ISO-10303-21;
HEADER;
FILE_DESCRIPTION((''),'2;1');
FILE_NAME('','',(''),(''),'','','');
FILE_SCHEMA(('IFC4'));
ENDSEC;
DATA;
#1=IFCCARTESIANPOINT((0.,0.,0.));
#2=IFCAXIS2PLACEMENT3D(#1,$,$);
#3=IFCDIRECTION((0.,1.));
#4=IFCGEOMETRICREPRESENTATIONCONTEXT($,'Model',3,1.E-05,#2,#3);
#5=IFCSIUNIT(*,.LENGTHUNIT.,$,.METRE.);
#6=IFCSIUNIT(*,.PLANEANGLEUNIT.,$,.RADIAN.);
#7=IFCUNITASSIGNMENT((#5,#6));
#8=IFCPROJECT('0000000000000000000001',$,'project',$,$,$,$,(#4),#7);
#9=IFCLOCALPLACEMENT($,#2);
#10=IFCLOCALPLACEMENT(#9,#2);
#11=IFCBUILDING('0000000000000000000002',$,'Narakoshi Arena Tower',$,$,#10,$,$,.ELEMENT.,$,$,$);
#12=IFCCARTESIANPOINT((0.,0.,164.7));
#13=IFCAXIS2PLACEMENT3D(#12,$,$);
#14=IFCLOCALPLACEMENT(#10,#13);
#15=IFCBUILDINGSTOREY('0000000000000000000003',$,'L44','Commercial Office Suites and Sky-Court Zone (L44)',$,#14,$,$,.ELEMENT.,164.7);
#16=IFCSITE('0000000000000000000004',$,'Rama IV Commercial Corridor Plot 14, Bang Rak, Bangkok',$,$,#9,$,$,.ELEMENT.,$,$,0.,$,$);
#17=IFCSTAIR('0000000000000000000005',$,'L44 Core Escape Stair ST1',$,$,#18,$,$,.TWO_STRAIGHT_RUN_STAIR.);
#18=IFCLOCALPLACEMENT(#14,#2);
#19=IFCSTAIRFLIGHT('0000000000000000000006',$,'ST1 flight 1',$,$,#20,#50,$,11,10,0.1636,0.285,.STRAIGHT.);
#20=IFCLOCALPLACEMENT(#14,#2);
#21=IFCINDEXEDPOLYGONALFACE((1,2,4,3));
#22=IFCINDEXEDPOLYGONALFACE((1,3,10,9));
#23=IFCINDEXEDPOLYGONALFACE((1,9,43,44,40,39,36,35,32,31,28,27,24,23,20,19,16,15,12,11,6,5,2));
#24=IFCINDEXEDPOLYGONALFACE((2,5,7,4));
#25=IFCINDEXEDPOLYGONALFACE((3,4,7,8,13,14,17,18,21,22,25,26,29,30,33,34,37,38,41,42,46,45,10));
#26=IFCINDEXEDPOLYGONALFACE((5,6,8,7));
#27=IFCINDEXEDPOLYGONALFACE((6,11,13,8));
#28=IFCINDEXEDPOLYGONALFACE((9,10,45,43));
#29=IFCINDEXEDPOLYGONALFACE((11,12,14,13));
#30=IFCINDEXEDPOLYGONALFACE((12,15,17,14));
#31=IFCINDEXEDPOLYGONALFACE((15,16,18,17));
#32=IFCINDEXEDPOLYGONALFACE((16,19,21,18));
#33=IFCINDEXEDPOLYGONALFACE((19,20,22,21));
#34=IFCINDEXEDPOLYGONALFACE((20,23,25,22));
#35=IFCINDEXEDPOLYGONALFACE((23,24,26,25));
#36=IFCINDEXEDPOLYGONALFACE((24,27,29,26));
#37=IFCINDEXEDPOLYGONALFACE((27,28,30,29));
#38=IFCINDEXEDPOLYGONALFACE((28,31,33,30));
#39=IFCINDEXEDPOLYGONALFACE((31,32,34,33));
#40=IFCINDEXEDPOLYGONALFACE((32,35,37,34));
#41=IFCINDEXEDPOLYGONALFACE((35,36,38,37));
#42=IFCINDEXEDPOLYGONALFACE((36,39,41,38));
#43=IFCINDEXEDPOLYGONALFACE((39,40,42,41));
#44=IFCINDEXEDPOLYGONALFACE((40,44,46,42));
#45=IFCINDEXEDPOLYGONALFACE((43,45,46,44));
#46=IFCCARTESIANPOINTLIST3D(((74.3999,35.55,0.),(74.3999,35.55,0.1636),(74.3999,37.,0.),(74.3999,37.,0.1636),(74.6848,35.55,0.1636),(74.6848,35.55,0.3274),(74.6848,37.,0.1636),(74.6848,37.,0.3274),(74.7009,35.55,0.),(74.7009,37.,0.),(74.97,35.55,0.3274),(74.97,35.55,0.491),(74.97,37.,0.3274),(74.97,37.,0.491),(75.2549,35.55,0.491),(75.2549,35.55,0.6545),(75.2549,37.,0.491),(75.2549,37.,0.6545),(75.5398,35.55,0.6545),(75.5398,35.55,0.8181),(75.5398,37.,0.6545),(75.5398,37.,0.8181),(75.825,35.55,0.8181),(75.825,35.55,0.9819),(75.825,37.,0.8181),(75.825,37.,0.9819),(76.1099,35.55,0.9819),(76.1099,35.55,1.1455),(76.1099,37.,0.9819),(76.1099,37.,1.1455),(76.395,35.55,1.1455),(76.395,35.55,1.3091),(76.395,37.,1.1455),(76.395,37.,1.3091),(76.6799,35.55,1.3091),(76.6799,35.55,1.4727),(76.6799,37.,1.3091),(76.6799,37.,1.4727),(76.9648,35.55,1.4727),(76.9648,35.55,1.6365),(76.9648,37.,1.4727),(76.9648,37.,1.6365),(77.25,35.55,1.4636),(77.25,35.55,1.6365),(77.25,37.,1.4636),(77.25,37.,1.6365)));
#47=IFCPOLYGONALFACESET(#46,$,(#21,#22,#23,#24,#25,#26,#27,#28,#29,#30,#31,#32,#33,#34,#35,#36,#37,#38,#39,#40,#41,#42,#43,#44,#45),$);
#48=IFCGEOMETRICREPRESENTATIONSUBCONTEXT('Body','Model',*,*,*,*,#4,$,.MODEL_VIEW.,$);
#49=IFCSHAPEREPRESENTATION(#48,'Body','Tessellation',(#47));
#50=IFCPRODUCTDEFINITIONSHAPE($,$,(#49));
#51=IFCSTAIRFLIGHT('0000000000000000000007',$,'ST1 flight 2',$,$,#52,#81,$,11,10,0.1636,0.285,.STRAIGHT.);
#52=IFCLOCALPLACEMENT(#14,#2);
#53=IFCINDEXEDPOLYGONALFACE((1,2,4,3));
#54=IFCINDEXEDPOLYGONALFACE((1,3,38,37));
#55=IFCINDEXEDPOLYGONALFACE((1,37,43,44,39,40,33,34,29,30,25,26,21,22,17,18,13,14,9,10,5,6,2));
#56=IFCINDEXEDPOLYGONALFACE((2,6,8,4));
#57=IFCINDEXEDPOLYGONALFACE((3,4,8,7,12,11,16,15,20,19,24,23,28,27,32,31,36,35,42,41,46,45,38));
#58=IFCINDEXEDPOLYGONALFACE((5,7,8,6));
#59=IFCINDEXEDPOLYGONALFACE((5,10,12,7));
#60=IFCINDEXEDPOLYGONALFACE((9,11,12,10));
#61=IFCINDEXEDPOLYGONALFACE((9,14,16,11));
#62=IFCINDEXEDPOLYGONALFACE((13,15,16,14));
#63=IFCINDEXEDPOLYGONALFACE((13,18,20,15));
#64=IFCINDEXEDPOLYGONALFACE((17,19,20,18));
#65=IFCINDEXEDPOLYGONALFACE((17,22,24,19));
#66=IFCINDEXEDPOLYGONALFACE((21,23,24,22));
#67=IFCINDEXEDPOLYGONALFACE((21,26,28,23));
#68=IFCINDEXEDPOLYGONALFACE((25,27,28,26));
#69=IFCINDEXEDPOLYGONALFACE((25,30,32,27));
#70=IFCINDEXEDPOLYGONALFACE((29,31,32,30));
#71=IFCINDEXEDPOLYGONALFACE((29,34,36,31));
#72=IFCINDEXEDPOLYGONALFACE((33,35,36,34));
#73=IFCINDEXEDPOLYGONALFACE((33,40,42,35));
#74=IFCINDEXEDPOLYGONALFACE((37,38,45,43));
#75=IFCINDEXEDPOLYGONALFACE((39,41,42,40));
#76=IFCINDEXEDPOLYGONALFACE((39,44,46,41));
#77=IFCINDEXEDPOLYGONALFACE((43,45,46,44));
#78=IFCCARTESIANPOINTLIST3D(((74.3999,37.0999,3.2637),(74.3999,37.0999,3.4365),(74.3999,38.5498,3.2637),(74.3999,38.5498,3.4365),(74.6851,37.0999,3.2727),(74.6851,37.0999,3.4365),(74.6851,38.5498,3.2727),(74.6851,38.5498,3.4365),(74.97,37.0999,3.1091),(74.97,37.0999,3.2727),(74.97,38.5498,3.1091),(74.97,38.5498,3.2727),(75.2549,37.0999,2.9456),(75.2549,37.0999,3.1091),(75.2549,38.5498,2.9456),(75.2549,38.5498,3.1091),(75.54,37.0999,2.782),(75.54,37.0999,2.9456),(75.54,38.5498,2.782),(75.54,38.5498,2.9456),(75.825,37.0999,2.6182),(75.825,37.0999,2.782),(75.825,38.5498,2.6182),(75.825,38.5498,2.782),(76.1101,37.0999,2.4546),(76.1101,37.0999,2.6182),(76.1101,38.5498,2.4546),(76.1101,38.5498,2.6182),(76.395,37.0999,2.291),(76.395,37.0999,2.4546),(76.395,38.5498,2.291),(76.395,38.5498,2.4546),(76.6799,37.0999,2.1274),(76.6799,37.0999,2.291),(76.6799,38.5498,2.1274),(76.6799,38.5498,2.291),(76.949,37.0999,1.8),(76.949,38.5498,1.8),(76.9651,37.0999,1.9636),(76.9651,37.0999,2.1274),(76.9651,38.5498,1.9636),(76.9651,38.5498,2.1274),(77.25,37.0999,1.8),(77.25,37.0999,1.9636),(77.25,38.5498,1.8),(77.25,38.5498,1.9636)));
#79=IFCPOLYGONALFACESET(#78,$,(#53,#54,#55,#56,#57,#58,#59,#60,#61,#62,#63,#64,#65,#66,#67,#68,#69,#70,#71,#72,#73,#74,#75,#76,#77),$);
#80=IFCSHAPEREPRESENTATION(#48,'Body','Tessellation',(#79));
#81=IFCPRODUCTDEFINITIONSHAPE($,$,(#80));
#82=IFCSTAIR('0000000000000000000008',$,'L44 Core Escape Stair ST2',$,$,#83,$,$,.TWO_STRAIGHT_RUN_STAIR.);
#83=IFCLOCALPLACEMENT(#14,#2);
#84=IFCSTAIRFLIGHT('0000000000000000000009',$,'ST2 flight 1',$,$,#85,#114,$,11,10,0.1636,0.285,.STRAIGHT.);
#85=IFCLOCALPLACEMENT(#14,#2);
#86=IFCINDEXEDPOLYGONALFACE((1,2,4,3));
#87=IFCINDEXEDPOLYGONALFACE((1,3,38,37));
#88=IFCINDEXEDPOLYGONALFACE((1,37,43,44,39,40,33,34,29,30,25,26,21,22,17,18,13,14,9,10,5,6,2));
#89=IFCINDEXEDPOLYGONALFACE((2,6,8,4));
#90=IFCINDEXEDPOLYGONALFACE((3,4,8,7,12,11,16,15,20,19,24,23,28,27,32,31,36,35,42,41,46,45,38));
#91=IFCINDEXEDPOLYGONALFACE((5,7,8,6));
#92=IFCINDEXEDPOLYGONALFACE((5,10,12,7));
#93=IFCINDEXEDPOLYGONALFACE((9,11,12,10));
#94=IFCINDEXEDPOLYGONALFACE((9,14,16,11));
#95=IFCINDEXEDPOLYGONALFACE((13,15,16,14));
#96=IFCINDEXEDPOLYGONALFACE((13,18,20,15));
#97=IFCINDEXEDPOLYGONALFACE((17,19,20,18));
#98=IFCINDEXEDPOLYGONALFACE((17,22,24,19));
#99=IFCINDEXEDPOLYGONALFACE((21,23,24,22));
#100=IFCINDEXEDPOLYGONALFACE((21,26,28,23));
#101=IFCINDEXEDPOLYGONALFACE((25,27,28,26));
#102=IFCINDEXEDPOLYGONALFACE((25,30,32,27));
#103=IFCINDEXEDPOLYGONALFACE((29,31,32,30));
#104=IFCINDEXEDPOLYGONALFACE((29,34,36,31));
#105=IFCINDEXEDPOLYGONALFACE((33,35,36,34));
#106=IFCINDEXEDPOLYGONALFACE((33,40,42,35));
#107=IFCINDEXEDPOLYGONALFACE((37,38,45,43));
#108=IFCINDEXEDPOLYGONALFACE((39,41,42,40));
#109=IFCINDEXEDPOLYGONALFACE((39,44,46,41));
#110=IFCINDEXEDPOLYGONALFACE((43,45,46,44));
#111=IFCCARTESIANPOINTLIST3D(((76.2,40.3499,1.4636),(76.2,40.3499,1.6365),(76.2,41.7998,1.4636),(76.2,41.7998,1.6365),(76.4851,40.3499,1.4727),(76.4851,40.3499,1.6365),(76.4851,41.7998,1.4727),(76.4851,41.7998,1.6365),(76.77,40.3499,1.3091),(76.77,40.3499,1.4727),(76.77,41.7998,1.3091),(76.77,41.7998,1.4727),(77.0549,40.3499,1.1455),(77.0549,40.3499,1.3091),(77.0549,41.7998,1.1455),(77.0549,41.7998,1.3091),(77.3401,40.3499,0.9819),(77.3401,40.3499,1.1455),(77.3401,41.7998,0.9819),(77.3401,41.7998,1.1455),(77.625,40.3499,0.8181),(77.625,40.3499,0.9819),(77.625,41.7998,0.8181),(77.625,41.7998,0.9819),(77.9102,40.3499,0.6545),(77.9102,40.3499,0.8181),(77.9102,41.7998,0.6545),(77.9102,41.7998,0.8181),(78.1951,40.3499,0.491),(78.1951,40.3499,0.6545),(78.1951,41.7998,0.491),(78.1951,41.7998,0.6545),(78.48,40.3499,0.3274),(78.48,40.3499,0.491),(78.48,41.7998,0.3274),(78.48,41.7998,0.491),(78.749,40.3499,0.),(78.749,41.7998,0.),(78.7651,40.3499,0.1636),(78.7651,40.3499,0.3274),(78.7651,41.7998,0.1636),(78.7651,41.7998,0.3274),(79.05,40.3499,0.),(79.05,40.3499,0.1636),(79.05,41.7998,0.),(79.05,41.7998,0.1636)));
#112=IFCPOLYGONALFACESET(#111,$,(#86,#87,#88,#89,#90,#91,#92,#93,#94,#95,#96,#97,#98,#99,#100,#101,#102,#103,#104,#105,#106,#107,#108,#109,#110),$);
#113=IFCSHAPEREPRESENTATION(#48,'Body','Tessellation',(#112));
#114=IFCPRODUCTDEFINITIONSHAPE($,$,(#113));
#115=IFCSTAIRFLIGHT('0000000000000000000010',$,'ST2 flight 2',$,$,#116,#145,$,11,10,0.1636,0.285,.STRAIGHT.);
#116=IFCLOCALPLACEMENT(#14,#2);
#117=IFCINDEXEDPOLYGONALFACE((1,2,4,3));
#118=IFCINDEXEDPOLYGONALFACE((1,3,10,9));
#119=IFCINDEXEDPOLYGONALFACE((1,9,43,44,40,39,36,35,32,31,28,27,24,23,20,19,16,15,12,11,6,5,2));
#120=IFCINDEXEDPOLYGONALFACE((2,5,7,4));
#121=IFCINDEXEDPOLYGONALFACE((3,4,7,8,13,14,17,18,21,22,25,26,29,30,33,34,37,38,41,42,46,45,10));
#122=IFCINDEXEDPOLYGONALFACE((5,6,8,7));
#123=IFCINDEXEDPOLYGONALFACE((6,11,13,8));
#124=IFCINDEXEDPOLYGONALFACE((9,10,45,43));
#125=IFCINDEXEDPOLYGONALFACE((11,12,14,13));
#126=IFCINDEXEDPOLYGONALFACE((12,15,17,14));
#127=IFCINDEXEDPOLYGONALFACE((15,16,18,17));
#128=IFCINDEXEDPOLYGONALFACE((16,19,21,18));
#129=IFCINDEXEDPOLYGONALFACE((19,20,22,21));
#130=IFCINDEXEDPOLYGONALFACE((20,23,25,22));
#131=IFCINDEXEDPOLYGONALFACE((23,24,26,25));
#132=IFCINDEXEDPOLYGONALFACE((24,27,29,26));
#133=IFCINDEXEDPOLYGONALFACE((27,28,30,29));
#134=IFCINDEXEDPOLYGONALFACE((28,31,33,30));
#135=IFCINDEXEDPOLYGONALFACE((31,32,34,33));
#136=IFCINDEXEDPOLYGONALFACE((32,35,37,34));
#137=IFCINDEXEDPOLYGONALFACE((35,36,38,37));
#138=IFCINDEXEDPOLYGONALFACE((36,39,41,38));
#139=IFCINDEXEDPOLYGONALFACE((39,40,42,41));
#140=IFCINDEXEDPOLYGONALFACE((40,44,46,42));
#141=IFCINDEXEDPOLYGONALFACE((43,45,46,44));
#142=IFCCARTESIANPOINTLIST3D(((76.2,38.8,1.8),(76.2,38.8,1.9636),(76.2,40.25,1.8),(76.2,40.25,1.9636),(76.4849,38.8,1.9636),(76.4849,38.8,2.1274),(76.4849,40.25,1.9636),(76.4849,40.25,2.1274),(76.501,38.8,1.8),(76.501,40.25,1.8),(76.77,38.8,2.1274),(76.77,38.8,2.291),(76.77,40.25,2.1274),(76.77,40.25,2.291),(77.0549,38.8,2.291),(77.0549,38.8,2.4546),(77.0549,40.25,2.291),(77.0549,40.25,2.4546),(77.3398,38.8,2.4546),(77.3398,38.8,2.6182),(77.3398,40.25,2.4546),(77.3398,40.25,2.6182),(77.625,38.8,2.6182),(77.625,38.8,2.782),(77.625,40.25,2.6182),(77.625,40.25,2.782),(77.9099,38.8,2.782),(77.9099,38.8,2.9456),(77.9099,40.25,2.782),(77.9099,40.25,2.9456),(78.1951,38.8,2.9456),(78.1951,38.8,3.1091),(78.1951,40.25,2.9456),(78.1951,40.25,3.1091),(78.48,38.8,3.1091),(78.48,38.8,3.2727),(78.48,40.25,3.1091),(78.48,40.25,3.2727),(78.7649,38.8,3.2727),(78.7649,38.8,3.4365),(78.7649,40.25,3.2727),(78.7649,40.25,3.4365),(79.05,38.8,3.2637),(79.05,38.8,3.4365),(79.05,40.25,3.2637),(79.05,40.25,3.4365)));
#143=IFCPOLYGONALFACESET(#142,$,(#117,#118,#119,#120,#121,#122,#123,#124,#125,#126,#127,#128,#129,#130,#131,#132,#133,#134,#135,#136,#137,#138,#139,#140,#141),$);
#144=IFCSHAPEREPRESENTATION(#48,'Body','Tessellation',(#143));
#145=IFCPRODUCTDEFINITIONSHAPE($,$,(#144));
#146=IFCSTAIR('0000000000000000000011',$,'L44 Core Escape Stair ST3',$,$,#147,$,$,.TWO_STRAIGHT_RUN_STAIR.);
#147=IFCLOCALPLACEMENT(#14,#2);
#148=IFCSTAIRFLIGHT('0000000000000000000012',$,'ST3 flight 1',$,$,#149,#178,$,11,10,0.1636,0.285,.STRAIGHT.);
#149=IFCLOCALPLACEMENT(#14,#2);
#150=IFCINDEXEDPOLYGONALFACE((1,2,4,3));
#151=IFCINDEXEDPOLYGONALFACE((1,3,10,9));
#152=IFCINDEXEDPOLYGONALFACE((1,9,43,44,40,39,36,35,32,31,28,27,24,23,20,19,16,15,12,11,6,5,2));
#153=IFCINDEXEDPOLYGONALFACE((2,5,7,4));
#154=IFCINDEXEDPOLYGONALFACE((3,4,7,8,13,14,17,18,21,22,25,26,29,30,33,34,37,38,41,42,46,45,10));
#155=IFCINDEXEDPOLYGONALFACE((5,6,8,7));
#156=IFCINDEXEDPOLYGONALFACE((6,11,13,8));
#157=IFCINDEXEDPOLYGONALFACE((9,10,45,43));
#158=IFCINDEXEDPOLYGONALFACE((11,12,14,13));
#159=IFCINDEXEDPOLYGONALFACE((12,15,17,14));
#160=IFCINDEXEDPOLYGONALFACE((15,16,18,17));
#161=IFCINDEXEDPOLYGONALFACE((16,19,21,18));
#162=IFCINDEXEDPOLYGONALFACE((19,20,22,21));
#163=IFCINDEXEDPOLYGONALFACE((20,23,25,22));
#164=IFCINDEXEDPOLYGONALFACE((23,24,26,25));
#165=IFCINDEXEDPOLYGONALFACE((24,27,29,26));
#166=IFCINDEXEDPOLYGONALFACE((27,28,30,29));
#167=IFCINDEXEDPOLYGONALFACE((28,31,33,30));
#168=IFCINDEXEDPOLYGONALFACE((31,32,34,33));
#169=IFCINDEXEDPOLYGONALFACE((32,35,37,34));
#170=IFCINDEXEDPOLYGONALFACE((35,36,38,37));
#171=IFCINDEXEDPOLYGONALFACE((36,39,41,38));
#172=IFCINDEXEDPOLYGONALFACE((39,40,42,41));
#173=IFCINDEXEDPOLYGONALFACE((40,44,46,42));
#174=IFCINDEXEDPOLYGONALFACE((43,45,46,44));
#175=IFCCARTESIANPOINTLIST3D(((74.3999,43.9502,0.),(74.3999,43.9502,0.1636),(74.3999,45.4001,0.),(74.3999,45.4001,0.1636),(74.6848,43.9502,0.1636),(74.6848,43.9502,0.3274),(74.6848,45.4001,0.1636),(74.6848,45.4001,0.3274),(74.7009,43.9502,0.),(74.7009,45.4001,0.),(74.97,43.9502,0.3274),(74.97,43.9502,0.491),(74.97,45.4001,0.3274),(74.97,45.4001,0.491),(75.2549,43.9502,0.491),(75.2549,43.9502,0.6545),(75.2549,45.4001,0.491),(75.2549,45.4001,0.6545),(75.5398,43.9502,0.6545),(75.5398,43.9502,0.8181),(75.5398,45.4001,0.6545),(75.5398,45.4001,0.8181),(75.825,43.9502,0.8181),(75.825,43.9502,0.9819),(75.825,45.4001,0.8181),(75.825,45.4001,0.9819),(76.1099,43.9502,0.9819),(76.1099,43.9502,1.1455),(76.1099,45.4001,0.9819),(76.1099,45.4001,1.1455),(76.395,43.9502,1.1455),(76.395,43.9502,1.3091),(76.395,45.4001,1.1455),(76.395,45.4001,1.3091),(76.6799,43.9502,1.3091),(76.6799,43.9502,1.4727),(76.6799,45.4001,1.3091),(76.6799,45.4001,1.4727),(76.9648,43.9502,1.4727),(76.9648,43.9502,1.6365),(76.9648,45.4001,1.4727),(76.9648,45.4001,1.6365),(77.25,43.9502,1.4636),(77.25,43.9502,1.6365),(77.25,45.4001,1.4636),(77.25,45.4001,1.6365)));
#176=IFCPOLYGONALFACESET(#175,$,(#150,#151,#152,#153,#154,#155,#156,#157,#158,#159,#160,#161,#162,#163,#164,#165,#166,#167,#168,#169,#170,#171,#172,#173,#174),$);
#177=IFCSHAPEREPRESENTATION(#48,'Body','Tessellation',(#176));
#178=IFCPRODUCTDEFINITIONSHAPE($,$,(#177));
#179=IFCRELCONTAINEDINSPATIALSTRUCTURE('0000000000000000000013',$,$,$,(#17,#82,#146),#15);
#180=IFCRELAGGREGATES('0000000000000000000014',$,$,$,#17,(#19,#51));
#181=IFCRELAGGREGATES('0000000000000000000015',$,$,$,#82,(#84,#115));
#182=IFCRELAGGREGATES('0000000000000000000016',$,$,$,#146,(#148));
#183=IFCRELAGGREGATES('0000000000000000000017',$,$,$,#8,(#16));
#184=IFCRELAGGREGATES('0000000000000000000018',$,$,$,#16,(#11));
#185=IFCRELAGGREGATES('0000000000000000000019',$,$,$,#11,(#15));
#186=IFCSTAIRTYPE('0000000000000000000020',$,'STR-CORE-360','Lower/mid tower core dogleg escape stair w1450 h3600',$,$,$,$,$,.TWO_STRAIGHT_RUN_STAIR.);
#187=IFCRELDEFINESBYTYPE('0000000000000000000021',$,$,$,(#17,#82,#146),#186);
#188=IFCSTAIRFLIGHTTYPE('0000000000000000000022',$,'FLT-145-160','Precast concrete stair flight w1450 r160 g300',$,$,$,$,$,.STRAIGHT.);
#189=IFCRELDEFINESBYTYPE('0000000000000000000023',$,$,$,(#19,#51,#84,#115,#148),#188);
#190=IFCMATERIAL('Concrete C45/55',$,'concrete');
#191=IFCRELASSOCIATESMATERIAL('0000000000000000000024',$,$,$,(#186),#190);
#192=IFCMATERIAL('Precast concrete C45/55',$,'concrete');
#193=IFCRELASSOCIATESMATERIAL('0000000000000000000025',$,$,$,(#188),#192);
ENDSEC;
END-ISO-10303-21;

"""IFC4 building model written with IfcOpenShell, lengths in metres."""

from ifc_helpers import new_model, si_unit, direction, frame, origin, place, context, subcontext, project, spatial, polyline, outline, extrude, material, type_object, element, aggregate, save


model = new_model("IFC4")

# Units and contexts
model_context = context("Model", 3, precision=1e-05, world=origin(), true_north=direction((0.0, 1.0)))
body_context = subcontext(model_context, "Body", "Model", "MODEL_VIEW")
ifc_project = project(units=[si_unit("LENGTHUNIT", "METRE"), si_unit("PLANEANGLEUNIT", "RADIAN")], contexts=[model_context])

# Site, building, storey
site_placement = place(None, origin())
site = spatial("IfcSite", under=ifc_project, at=site_placement, Name="Rama IV Commercial Corridor Plot 14, Bang Rak, Bangkok", CompositionType="ELEMENT", RefElevation=0.0)
building_placement = place(site_placement, origin())
building = spatial("IfcBuilding", under=site, at=building_placement, Name="Narakoshi Arena Tower", CompositionType="ELEMENT")
storey_placement = place(building_placement, frame((0.0, 0.0, 164.7)))
storey = spatial("IfcBuildingStorey", under=building, at=storey_placement, Name="L44", Description="Commercial Office Suites and Sky-Court Zone (L44)", CompositionType="ELEMENT", Elevation=164.7)

# Shared definitions
ifc_material_1 = material(Name="Precast concrete C45/55", Category="concrete")

# Stairs, stair flights
ifc_material_2 = material(Name="Concrete C45/55", Category="concrete")
stair_type = type_object("IfcStairType", Name="STR-CORE-360", Description="Lower/mid tower core dogleg escape stair w1450 h3600", PredefinedType="TWO_STRAIGHT_RUN_STAIR", material=ifc_material_2)
stair_1_placement = place(storey_placement, origin())
stair_1 = element("IfcStair", 1, at=stair_1_placement, inside=storey, type_object=stair_type, Name="L44 Core Escape Stair ST1", PredefinedType="TWO_STRAIGHT_RUN_STAIR")
stair_flight_type = type_object("IfcStairFlightType", Name="FLT-145-160", Description="Precast concrete stair flight w1450 r160 g300", PredefinedType="STRAIGHT", material=ifc_material_1)
stair_flight_1_placement = place(storey_placement, frame((74.3999, 36.2749, 0.0), z_axis=(0.0, 0.0, 1.0), x_axis=(1.0, 0.0, 0.0)))
stair_flight_1 = element("IfcStairFlight", 2, at=stair_flight_1_placement, type_object=stair_flight_type, Name="ST1 flight 1", NumberOfRisers=11, NumberOfTreads=10, PredefinedType="STRAIGHT", RiserHeight=0.1636, TreadLength=0.285, context=body_context, shape_type="SweptSolid", body=[
    extrude(outline(polyline([(0.0, 0.0), (0.0, 0.1636), (0.2849, 0.1636), (0.2849, 0.3274), (0.5701, 0.3274), (0.5701, 0.491), (0.855, 0.491), (0.855, 0.6545), (1.1399, 0.6545), (1.1399, 0.8181), (1.425, 0.8181), (1.425, 0.9819), (1.71, 0.9819), (1.71, 1.1455), (1.9951, 1.1455), (1.9951, 1.3091), (2.28, 1.3091), (2.28, 1.4727), (2.5649, 1.4727), (2.5649, 1.6365), (2.8501, 1.6365), (2.8501, 1.8), (2.8501, 1.4636), (0.301, 0.0), (0.0, 0.0)])), frame((0.0, 0.7251, 0.0), z_axis=(0.0, -1.0, 0.0), x_axis=(1.0, 0.0, 0.0)), (0.0, 0.0, 1.0), 1.45),
])
stair_flight_2_placement = place(storey_placement, frame((77.25, 37.825, 1.8), z_axis=(0.0, 0.0, 1.0), x_axis=(-1.0, 0.0, 0.0)))
stair_flight_2 = element("IfcStairFlight", 3, at=stair_flight_2_placement, type_object=stair_flight_type, Name="ST1 flight 2", NumberOfRisers=11, NumberOfTreads=10, PredefinedType="STRAIGHT", RiserHeight=0.1636, TreadLength=0.285, context=body_context, shape_type="SweptSolid", body=[
    extrude(outline(polyline([(0.0, 0.0), (0.0, 0.1636), (0.2849, 0.1636), (0.2849, 0.3274), (0.5701, 0.3274), (0.5701, 0.491), (0.855, 0.491), (0.855, 0.6545), (1.1399, 0.6545), (1.1399, 0.8181), (1.425, 0.8181), (1.425, 0.9819), (1.71, 0.9819), (1.71, 1.1455), (1.9951, 1.1455), (1.9951, 1.3091), (2.28, 1.3091), (2.28, 1.4727), (2.5649, 1.4727), (2.5649, 1.6365), (2.8501, 1.6365), (2.8501, 1.8), (2.8501, 1.4636), (0.301, 0.0), (0.0, 0.0)])), frame((0.0, 0.7251, 0.0), z_axis=(0.0, -1.0, 0.0), x_axis=(1.0, 0.0, 0.0)), (0.0, 0.0, 1.0), 1.45),
])
aggregate(stair_1, [stair_flight_1, stair_flight_2])
stair_2_placement = place(storey_placement, origin())
stair_2 = element("IfcStair", 4, at=stair_2_placement, inside=storey, type_object=stair_type, Name="L44 Core Escape Stair ST2", PredefinedType="TWO_STRAIGHT_RUN_STAIR")
stair_flight_3_placement = place(storey_placement, frame((79.05, 41.075, 0.0), z_axis=(0.0, 0.0, 1.0), x_axis=(-1.0, 0.0, 0.0)))
stair_flight_3 = element("IfcStairFlight", 5, at=stair_flight_3_placement, type_object=stair_flight_type, Name="ST2 flight 1", NumberOfRisers=11, NumberOfTreads=10, PredefinedType="STRAIGHT", RiserHeight=0.1636, TreadLength=0.285, context=body_context, shape_type="SweptSolid", body=[
    extrude(outline(polyline([(0.0, 0.0), (0.0, 0.1636), (0.2849, 0.1636), (0.2849, 0.3274), (0.5701, 0.3274), (0.5701, 0.491), (0.855, 0.491), (0.855, 0.6545), (1.1399, 0.6545), (1.1399, 0.8181), (1.425, 0.8181), (1.425, 0.9819), (1.71, 0.9819), (1.71, 1.1455), (1.9951, 1.1455), (1.9951, 1.3091), (2.28, 1.3091), (2.28, 1.4727), (2.5649, 1.4727), (2.5649, 1.6365), (2.8501, 1.6365), (2.8501, 1.8), (2.8501, 1.4636), (0.301, 0.0), (0.0, 0.0)])), frame((0.0, 0.7251, 0.0), z_axis=(0.0, -1.0, 0.0), x_axis=(1.0, 0.0, 0.0)), (0.0, 0.0, 1.0), 1.45),
])
stair_flight_4_placement = place(storey_placement, frame((76.2, 39.5249, 1.8), z_axis=(0.0, 0.0, 1.0), x_axis=(1.0, 0.0, 0.0)))
stair_flight_4 = element("IfcStairFlight", 6, at=stair_flight_4_placement, type_object=stair_flight_type, Name="ST2 flight 2", NumberOfRisers=11, NumberOfTreads=10, PredefinedType="STRAIGHT", RiserHeight=0.1636, TreadLength=0.285, context=body_context, shape_type="SweptSolid", body=[
    extrude(outline(polyline([(0.0, 0.0), (0.0, 0.1636), (0.2849, 0.1636), (0.2849, 0.3274), (0.5701, 0.3274), (0.5701, 0.491), (0.855, 0.491), (0.855, 0.6545), (1.1399, 0.6545), (1.1399, 0.8181), (1.425, 0.8181), (1.425, 0.9819), (1.71, 0.9819), (1.71, 1.1455), (1.9951, 1.1455), (1.9951, 1.3091), (2.28, 1.3091), (2.28, 1.4727), (2.5649, 1.4727), (2.5649, 1.6365), (2.8501, 1.6365), (2.8501, 1.8), (2.8501, 1.4636), (0.301, 0.0), (0.0, 0.0)])), frame((0.0, 0.7251, 0.0), z_axis=(0.0, -1.0, 0.0), x_axis=(1.0, 0.0, 0.0)), (0.0, 0.0, 1.0), 1.45),
])
aggregate(stair_2, [stair_flight_3, stair_flight_4])

# Stair, stair flight
stair_3_placement = place(storey_placement, origin())
stair_3 = element("IfcStair", 7, at=stair_3_placement, inside=storey, type_object=stair_type, Name="L44 Core Escape Stair ST3", PredefinedType="TWO_STRAIGHT_RUN_STAIR")
stair_flight_5_placement = place(storey_placement, frame((74.3999, 44.675, 0.0), z_axis=(0.0, 0.0, 1.0), x_axis=(1.0, 0.0, 0.0)))
stair_flight_5 = element("IfcStairFlight", 8, at=stair_flight_5_placement, type_object=stair_flight_type, Name="ST3 flight 1", NumberOfRisers=11, NumberOfTreads=10, PredefinedType="STRAIGHT", RiserHeight=0.1636, TreadLength=0.285, context=body_context, shape_type="SweptSolid", body=[
    extrude(outline(polyline([(0.0, 0.0), (0.0, 0.1636), (0.2849, 0.1636), (0.2849, 0.3274), (0.5701, 0.3274), (0.5701, 0.491), (0.855, 0.491), (0.855, 0.6545), (1.1399, 0.6545), (1.1399, 0.8181), (1.425, 0.8181), (1.425, 0.9819), (1.71, 0.9819), (1.71, 1.1455), (1.9951, 1.1455), (1.9951, 1.3091), (2.28, 1.3091), (2.28, 1.4727), (2.5649, 1.4727), (2.5649, 1.6365), (2.8501, 1.6365), (2.8501, 1.8), (2.8501, 1.4636), (0.301, 0.0), (0.0, 0.0)])), frame((0.0, 0.7251, 0.0), z_axis=(0.0, -1.0, 0.0), x_axis=(1.0, 0.0, 0.0)), (0.0, 0.0, 1.0), 1.45),
])
aggregate(stair_3, [stair_flight_5])

save(model, "model.ifc")
